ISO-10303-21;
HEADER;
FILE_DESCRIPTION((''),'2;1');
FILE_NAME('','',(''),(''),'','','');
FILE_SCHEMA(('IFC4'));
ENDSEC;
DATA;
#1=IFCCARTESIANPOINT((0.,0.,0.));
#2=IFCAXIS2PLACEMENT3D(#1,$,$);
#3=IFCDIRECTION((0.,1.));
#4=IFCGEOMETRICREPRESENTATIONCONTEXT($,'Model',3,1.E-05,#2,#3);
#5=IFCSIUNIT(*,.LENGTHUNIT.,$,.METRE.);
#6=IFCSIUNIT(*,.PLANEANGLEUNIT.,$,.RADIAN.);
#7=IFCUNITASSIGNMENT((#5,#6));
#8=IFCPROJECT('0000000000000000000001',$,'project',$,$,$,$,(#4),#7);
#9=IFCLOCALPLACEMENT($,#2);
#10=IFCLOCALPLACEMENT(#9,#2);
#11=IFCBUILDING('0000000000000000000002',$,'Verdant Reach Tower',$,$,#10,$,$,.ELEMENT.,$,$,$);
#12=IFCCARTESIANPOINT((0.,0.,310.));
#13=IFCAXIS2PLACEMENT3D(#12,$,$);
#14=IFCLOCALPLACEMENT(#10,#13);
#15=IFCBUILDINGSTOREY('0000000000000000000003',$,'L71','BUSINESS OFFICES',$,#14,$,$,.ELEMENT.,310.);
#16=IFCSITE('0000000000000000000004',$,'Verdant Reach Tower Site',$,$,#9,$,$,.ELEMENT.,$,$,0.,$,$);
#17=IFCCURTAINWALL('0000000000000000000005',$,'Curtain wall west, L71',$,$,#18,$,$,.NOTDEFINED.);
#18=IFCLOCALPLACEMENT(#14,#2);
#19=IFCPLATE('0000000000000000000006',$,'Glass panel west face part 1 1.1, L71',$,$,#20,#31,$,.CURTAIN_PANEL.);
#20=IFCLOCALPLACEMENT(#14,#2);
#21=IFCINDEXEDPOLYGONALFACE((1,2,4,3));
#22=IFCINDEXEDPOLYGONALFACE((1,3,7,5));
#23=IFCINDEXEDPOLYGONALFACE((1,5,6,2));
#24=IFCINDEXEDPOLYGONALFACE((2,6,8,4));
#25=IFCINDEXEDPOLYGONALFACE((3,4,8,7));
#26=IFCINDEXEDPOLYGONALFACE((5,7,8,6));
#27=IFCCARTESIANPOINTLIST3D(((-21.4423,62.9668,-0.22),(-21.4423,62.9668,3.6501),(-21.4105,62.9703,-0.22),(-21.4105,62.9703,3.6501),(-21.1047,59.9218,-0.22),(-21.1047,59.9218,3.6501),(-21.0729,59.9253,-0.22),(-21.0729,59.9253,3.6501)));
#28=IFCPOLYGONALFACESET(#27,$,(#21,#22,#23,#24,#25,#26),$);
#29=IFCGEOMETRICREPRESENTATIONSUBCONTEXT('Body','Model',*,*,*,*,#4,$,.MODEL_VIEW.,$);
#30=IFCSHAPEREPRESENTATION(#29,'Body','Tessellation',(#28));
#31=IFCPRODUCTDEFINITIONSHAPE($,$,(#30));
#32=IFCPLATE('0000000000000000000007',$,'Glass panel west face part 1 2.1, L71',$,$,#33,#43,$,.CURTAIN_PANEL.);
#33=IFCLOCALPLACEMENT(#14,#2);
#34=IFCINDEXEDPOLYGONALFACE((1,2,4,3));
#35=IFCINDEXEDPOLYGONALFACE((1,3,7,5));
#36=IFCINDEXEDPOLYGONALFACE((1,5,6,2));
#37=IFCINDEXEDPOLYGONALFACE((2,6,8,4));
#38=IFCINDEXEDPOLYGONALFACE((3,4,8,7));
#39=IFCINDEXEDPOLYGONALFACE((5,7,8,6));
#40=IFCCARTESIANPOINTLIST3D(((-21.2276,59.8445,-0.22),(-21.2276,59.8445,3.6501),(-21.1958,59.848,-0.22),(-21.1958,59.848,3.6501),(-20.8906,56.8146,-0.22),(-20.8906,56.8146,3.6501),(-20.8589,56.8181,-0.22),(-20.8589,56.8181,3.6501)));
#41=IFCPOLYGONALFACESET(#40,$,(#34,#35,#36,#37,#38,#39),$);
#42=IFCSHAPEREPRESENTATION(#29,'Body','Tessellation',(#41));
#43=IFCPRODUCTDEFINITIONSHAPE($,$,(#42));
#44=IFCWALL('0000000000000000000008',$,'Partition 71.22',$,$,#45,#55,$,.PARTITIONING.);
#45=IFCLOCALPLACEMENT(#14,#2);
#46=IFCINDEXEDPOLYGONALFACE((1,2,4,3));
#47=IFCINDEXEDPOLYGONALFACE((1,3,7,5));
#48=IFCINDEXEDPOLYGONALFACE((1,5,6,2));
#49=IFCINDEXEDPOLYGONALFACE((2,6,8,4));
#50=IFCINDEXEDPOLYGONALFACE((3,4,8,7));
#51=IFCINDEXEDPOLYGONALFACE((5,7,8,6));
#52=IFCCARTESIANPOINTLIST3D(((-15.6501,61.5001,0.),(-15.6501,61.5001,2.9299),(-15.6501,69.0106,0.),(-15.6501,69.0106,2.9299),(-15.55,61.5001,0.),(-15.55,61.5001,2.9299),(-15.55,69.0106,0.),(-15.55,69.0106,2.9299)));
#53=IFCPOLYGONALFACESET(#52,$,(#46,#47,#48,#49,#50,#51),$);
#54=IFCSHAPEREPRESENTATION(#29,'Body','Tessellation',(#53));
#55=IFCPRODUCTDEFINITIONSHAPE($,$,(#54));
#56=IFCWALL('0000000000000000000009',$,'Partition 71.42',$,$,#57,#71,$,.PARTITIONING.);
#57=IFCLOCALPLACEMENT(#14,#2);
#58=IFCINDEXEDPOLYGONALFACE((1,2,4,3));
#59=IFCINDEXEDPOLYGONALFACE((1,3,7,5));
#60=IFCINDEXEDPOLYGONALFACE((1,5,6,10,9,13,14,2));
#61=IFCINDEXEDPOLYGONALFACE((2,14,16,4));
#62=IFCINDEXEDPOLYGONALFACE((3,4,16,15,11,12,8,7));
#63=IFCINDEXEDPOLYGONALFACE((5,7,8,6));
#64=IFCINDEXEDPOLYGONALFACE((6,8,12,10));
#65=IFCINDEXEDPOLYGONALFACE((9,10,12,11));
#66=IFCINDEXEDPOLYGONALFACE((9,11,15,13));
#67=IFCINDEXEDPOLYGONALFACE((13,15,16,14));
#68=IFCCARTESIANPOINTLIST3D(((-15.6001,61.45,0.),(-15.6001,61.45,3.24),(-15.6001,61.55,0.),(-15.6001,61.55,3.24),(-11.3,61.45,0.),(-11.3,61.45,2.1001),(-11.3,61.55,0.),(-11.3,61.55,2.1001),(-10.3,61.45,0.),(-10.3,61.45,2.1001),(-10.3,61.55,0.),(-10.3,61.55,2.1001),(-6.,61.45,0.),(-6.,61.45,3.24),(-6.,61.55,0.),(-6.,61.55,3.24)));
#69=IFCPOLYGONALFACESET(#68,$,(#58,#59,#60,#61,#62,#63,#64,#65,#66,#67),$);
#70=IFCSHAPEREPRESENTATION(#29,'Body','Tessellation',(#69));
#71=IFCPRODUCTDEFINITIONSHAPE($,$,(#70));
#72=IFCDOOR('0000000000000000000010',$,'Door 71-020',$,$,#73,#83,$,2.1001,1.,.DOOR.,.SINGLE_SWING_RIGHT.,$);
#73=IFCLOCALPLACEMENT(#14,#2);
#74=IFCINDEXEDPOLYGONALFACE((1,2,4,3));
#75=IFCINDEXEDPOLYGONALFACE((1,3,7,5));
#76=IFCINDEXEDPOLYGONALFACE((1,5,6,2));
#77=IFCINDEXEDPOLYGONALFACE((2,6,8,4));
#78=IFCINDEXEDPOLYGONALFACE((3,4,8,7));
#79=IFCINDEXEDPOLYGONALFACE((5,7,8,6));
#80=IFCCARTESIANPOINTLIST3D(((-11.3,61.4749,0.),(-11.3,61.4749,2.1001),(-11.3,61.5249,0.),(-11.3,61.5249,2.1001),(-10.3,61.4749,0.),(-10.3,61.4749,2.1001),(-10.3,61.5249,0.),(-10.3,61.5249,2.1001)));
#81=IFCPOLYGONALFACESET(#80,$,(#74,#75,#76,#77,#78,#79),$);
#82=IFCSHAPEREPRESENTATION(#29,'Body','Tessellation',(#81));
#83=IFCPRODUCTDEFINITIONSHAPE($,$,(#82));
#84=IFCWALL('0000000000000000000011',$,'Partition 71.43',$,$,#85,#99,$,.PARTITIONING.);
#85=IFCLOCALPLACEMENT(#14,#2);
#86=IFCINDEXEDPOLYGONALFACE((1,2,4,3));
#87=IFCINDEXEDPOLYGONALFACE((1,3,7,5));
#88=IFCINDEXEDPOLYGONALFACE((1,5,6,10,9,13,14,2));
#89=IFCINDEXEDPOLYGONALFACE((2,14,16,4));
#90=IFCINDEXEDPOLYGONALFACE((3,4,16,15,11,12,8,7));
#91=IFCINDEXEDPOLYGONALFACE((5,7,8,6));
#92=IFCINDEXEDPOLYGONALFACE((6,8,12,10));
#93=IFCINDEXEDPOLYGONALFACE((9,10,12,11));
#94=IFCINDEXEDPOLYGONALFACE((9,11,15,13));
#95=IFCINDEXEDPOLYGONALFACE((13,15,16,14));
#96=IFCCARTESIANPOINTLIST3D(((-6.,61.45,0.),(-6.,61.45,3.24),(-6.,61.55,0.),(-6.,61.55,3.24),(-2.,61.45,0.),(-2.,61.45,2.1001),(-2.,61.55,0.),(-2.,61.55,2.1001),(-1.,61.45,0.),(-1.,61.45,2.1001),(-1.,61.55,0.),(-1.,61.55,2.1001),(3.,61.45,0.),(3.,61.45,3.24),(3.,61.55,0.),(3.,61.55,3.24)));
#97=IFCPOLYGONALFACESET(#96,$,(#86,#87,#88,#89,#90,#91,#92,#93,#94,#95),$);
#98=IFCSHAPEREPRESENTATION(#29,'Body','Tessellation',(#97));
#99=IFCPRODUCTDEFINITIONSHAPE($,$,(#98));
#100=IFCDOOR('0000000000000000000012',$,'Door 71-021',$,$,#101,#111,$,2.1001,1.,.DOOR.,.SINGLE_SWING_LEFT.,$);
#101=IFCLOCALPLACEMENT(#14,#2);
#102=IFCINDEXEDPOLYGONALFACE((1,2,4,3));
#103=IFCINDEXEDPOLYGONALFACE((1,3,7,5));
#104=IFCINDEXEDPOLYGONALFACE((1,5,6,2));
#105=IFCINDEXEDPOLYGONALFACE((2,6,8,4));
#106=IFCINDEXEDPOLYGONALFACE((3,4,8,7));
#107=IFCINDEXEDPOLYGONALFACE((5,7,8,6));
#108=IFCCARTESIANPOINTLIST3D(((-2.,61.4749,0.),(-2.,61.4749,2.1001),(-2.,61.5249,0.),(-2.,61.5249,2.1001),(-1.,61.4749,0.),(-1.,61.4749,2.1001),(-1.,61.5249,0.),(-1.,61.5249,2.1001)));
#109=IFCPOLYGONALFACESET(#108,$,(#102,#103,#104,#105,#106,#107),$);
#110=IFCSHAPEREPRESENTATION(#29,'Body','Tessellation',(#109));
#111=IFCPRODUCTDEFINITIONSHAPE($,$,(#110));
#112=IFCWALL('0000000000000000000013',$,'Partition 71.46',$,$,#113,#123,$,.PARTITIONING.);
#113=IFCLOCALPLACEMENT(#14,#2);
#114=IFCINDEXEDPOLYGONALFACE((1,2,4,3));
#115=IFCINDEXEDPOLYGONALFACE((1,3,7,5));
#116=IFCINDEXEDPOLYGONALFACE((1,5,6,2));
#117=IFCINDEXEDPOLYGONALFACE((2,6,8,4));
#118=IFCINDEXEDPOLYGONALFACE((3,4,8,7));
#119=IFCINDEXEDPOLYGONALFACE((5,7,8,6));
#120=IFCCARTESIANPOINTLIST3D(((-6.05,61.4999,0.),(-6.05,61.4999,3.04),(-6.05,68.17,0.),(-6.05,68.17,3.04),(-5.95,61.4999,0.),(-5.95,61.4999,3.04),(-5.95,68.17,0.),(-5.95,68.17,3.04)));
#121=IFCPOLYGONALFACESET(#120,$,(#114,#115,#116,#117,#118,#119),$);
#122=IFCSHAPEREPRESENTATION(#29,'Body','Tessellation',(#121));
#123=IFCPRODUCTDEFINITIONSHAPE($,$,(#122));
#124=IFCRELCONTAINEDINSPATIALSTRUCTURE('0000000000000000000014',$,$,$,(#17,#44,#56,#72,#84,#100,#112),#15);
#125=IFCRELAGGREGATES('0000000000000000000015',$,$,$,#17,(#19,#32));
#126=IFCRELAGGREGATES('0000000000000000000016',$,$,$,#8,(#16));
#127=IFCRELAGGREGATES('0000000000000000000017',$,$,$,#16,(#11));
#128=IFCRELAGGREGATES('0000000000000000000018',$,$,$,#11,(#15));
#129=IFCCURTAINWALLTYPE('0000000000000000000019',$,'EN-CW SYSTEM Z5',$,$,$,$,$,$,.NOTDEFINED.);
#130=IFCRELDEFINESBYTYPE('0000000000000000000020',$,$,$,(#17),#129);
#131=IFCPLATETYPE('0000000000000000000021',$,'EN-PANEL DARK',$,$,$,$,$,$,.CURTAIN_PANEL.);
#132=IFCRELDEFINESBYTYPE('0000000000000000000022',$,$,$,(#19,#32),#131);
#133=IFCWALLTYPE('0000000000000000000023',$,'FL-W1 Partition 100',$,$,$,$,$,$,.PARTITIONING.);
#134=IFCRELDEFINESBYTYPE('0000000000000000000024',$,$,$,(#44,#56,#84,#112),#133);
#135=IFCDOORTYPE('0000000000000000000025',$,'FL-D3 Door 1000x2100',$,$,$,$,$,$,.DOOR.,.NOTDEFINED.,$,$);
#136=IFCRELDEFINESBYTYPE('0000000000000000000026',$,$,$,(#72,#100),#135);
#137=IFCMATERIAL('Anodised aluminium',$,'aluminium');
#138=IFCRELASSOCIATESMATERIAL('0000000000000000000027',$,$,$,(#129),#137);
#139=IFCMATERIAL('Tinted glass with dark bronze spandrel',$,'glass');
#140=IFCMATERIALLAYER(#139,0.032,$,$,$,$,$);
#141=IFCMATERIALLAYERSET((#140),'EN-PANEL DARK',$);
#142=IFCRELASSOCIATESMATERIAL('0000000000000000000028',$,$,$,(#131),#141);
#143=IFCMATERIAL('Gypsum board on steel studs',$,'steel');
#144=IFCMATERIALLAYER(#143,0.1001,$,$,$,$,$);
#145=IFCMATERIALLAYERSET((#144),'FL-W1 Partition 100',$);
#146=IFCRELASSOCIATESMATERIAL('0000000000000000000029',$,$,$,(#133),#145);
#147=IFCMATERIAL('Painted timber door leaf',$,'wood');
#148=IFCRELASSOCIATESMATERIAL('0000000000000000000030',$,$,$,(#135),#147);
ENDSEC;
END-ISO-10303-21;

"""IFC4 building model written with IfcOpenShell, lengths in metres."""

from ifc_helpers import new_model, si_unit, direction, frame, frame_2d, origin, origin_2d, place, context, subcontext, project, spatial, rectangle, extrude, material, layer, layer_set, type_object, element, fill, aggregate, save


model = new_model("IFC4")

# Units and contexts
model_context = context("Model", 3, precision=1e-05, world=origin(), true_north=direction((0.0, 1.0)))
body_context = subcontext(model_context, "Body", "Model", "MODEL_VIEW")
ifc_project = project(units=[si_unit("LENGTHUNIT", "METRE"), si_unit("PLANEANGLEUNIT", "RADIAN")], contexts=[model_context])

# Site, building, storey
site_placement = place(None, origin())
site = spatial("IfcSite", under=ifc_project, at=site_placement, Name="Verdant Reach Tower Site", CompositionType="ELEMENT", RefElevation=0.0)
building_placement = place(site_placement, origin())
building = spatial("IfcBuilding", under=site, at=building_placement, Name="Verdant Reach Tower", CompositionType="ELEMENT")
storey_placement = place(building_placement, frame((0.0, 0.0, 310.0)))
storey = spatial("IfcBuildingStorey", under=building, at=storey_placement, Name="L71", Description="BUSINESS OFFICES", CompositionType="ELEMENT", Elevation=310.0)

# Curtain wall
ifc_material_1 = material(Name="Anodised aluminium", Category="aluminium")
curtain_wall_type = type_object("IfcCurtainWallType", Name="EN-CW SYSTEM Z5", PredefinedType="NOTDEFINED", material=ifc_material_1)
curtain_wall_1_placement = place(storey_placement, origin())
curtain_wall_1 = element("IfcCurtainWall", 1, at=curtain_wall_1_placement, inside=storey, type_object=curtain_wall_type, Name="Curtain wall west, L71", PredefinedType="NOTDEFINED")

# Plates
ifc_material_2 = material(Name="Tinted glass with dark bronze spandrel", Category="glass")
ifc_layer_1 = layer(ifc_material_2, 0.032)
ifc_layer_set_1 = layer_set([ifc_layer_1], Name="EN-PANEL DARK")
plate_type_1 = type_object("IfcPlateType", Name="EN-PANEL DARK", PredefinedType="CURTAIN_PANEL", material=ifc_layer_set_1)
plate_1_placement = place(storey_placement, frame((-21.2576, 61.446, -0.22), z_axis=(0.0, 0.0, 1.0), x_axis=(0.110198, -0.99391, 0.0)))
plate_1 = element("IfcPlate", 2, at=plate_1_placement, type_object=plate_type_1, Name="Glass panel west face part 1 1.1, L71", PredefinedType="CURTAIN_PANEL", context=body_context, shape_type="SweptSolid", body=[
    extrude(rectangle(XDim=3.0637, YDim=0.032, at=origin_2d()), origin(), (0.0, 0.0, 1.0), 3.8701),
])
plate_2_placement = place(storey_placement, frame((-21.0432, 58.3313, -0.22), z_axis=(0.0, 0.0, 1.0), x_axis=(0.110518, -0.993874, 0.0)))
plate_2 = element("IfcPlate", 3, at=plate_2_placement, type_object=plate_type_1, Name="Glass panel west face part 1 2.1, L71", PredefinedType="CURTAIN_PANEL", context=body_context, shape_type="SweptSolid", body=[
    extrude(rectangle(XDim=3.0486, YDim=0.032, at=origin_2d()), origin(), (0.0, 0.0, 1.0), 3.8701),
])
aggregate(curtain_wall_1, [plate_1, plate_2])

# Wall
ifc_material_3 = material(Name="Gypsum board on steel studs", Category="steel")
ifc_layer_2 = layer(ifc_material_3, 0.1001)
ifc_layer_set_2 = layer_set([ifc_layer_2], Name="FL-W1 Partition 100")
wall_type = type_object("IfcWallType", Name="FL-W1 Partition 100", PredefinedType="PARTITIONING", material=ifc_layer_set_2)
wall_1_placement = place(storey_placement, frame((-15.6001, 61.5, 0.0), z_axis=(0.0, 0.0, 1.0), x_axis=(0.0, 1.0, 0.0)))
element("IfcWall", 4, at=wall_1_placement, inside=storey, type_object=wall_type, Name="Partition 71.22", PredefinedType="PARTITIONING", context=body_context, shape_type="SweptSolid", body=[
    extrude(rectangle(XDim=7.5105, YDim=0.1001, at=frame_2d((3.7554, 0.0))), origin(), (0.0, 0.0, 1.0), 2.9299),
])

# Walls, openings, doors
wall_2_placement = place(storey_placement, frame((-15.6001, 61.5, 0.0), z_axis=(0.0, 0.0, 1.0), x_axis=(1.0, 0.0, 0.0)))
wall_2 = element("IfcWall", 5, at=wall_2_placement, inside=storey, type_object=wall_type, Name="Partition 71.42", PredefinedType="PARTITIONING", context=body_context, shape_type="SweptSolid", body=[
    extrude(rectangle(XDim=9.6001, YDim=0.1001, at=frame_2d((4.8, 0.0))), origin(), (0.0, 0.0, 1.0), 3.24),
])
opening_1_placement = place(wall_2_placement, frame((4.3, 0.0, 0.0)))
opening_1 = element("IfcOpeningElement", 6, at=opening_1_placement, cuts=wall_2, PredefinedType="OPENING", context=body_context, shape_type="SweptSolid", body=[
    extrude(rectangle(XDim=1.0, YDim=2.1001, at=frame_2d((0.5, 1.05))), frame((0.0, 0.0601, 0.0), z_axis=(0.0, -1.0, 0.0), x_axis=(1.0, 0.0, 0.0)), (0.0, 0.0, 1.0), 0.1201),
])
ifc_material_4 = material(Name="Painted timber door leaf", Category="wood")
door_type = type_object("IfcDoorType", Name="FL-D3 Door 1000x2100", OperationType="NOTDEFINED", PredefinedType="DOOR", material=ifc_material_4)
door_1_placement = place(opening_1_placement, origin())
door_1 = element("IfcDoor", 7, at=door_1_placement, inside=storey, type_object=door_type, Name="Door 71-020", OperationType="SINGLE_SWING_RIGHT", OverallHeight=2.1001, OverallWidth=1.0, PredefinedType="DOOR", context=body_context, shape_type="SweptSolid", body=[
    extrude(rectangle(XDim=1.0, YDim=2.1001, at=frame_2d((0.5, 1.05))), frame((0.0, 0.0249, 0.0), z_axis=(0.0, -1.0, 0.0), x_axis=(1.0, 0.0, 0.0)), (0.0, 0.0, 1.0), 0.05),
])
fill(opening_1, door_1)
wall_3_placement = place(storey_placement, frame((-6.0, 61.5, 0.0), z_axis=(0.0, 0.0, 1.0), x_axis=(1.0, 0.0, 0.0)))
wall_3 = element("IfcWall", 8, at=wall_3_placement, inside=storey, type_object=wall_type, Name="Partition 71.43", PredefinedType="PARTITIONING", context=body_context, shape_type="SweptSolid", body=[
    extrude(rectangle(XDim=9.0, YDim=0.1001, at=frame_2d((4.5, 0.0))), origin(), (0.0, 0.0, 1.0), 3.24),
])
opening_2_placement = place(wall_3_placement, frame((4.0, 0.0, 0.0)))
opening_2 = element("IfcOpeningElement", 9, at=opening_2_placement, cuts=wall_3, PredefinedType="OPENING", context=body_context, shape_type="SweptSolid", body=[
    extrude(rectangle(XDim=1.0, YDim=2.1001, at=frame_2d((0.5, 1.05))), frame((0.0, 0.0601, 0.0), z_axis=(0.0, -1.0, 0.0), x_axis=(1.0, 0.0, 0.0)), (0.0, 0.0, 1.0), 0.1201),
])
door_2_placement = place(opening_2_placement, origin())
door_2 = element("IfcDoor", 10, at=door_2_placement, inside=storey, type_object=door_type, Name="Door 71-021", OperationType="SINGLE_SWING_LEFT", OverallHeight=2.1001, OverallWidth=1.0, PredefinedType="DOOR", context=body_context, shape_type="SweptSolid", body=[
    extrude(rectangle(XDim=1.0, YDim=2.1001, at=frame_2d((0.5, 1.05))), frame((0.0, 0.0249, 0.0), z_axis=(0.0, -1.0, 0.0), x_axis=(1.0, 0.0, 0.0)), (0.0, 0.0, 1.0), 0.05),
])
fill(opening_2, door_2)

# Wall
wall_4_placement = place(storey_placement, frame((-6.0, 61.5, 0.0), z_axis=(0.0, 0.0, 1.0), x_axis=(0.0, 1.0, 0.0)))
element("IfcWall", 11, at=wall_4_placement, inside=storey, type_object=wall_type, Name="Partition 71.46", PredefinedType="PARTITIONING", context=body_context, shape_type="SweptSolid", body=[
    extrude(rectangle(XDim=6.6702, YDim=0.1001, at=frame_2d((3.335, 0.0))), origin(), (0.0, 0.0, 1.0), 3.04),
])

save(model, "model.ifc")
